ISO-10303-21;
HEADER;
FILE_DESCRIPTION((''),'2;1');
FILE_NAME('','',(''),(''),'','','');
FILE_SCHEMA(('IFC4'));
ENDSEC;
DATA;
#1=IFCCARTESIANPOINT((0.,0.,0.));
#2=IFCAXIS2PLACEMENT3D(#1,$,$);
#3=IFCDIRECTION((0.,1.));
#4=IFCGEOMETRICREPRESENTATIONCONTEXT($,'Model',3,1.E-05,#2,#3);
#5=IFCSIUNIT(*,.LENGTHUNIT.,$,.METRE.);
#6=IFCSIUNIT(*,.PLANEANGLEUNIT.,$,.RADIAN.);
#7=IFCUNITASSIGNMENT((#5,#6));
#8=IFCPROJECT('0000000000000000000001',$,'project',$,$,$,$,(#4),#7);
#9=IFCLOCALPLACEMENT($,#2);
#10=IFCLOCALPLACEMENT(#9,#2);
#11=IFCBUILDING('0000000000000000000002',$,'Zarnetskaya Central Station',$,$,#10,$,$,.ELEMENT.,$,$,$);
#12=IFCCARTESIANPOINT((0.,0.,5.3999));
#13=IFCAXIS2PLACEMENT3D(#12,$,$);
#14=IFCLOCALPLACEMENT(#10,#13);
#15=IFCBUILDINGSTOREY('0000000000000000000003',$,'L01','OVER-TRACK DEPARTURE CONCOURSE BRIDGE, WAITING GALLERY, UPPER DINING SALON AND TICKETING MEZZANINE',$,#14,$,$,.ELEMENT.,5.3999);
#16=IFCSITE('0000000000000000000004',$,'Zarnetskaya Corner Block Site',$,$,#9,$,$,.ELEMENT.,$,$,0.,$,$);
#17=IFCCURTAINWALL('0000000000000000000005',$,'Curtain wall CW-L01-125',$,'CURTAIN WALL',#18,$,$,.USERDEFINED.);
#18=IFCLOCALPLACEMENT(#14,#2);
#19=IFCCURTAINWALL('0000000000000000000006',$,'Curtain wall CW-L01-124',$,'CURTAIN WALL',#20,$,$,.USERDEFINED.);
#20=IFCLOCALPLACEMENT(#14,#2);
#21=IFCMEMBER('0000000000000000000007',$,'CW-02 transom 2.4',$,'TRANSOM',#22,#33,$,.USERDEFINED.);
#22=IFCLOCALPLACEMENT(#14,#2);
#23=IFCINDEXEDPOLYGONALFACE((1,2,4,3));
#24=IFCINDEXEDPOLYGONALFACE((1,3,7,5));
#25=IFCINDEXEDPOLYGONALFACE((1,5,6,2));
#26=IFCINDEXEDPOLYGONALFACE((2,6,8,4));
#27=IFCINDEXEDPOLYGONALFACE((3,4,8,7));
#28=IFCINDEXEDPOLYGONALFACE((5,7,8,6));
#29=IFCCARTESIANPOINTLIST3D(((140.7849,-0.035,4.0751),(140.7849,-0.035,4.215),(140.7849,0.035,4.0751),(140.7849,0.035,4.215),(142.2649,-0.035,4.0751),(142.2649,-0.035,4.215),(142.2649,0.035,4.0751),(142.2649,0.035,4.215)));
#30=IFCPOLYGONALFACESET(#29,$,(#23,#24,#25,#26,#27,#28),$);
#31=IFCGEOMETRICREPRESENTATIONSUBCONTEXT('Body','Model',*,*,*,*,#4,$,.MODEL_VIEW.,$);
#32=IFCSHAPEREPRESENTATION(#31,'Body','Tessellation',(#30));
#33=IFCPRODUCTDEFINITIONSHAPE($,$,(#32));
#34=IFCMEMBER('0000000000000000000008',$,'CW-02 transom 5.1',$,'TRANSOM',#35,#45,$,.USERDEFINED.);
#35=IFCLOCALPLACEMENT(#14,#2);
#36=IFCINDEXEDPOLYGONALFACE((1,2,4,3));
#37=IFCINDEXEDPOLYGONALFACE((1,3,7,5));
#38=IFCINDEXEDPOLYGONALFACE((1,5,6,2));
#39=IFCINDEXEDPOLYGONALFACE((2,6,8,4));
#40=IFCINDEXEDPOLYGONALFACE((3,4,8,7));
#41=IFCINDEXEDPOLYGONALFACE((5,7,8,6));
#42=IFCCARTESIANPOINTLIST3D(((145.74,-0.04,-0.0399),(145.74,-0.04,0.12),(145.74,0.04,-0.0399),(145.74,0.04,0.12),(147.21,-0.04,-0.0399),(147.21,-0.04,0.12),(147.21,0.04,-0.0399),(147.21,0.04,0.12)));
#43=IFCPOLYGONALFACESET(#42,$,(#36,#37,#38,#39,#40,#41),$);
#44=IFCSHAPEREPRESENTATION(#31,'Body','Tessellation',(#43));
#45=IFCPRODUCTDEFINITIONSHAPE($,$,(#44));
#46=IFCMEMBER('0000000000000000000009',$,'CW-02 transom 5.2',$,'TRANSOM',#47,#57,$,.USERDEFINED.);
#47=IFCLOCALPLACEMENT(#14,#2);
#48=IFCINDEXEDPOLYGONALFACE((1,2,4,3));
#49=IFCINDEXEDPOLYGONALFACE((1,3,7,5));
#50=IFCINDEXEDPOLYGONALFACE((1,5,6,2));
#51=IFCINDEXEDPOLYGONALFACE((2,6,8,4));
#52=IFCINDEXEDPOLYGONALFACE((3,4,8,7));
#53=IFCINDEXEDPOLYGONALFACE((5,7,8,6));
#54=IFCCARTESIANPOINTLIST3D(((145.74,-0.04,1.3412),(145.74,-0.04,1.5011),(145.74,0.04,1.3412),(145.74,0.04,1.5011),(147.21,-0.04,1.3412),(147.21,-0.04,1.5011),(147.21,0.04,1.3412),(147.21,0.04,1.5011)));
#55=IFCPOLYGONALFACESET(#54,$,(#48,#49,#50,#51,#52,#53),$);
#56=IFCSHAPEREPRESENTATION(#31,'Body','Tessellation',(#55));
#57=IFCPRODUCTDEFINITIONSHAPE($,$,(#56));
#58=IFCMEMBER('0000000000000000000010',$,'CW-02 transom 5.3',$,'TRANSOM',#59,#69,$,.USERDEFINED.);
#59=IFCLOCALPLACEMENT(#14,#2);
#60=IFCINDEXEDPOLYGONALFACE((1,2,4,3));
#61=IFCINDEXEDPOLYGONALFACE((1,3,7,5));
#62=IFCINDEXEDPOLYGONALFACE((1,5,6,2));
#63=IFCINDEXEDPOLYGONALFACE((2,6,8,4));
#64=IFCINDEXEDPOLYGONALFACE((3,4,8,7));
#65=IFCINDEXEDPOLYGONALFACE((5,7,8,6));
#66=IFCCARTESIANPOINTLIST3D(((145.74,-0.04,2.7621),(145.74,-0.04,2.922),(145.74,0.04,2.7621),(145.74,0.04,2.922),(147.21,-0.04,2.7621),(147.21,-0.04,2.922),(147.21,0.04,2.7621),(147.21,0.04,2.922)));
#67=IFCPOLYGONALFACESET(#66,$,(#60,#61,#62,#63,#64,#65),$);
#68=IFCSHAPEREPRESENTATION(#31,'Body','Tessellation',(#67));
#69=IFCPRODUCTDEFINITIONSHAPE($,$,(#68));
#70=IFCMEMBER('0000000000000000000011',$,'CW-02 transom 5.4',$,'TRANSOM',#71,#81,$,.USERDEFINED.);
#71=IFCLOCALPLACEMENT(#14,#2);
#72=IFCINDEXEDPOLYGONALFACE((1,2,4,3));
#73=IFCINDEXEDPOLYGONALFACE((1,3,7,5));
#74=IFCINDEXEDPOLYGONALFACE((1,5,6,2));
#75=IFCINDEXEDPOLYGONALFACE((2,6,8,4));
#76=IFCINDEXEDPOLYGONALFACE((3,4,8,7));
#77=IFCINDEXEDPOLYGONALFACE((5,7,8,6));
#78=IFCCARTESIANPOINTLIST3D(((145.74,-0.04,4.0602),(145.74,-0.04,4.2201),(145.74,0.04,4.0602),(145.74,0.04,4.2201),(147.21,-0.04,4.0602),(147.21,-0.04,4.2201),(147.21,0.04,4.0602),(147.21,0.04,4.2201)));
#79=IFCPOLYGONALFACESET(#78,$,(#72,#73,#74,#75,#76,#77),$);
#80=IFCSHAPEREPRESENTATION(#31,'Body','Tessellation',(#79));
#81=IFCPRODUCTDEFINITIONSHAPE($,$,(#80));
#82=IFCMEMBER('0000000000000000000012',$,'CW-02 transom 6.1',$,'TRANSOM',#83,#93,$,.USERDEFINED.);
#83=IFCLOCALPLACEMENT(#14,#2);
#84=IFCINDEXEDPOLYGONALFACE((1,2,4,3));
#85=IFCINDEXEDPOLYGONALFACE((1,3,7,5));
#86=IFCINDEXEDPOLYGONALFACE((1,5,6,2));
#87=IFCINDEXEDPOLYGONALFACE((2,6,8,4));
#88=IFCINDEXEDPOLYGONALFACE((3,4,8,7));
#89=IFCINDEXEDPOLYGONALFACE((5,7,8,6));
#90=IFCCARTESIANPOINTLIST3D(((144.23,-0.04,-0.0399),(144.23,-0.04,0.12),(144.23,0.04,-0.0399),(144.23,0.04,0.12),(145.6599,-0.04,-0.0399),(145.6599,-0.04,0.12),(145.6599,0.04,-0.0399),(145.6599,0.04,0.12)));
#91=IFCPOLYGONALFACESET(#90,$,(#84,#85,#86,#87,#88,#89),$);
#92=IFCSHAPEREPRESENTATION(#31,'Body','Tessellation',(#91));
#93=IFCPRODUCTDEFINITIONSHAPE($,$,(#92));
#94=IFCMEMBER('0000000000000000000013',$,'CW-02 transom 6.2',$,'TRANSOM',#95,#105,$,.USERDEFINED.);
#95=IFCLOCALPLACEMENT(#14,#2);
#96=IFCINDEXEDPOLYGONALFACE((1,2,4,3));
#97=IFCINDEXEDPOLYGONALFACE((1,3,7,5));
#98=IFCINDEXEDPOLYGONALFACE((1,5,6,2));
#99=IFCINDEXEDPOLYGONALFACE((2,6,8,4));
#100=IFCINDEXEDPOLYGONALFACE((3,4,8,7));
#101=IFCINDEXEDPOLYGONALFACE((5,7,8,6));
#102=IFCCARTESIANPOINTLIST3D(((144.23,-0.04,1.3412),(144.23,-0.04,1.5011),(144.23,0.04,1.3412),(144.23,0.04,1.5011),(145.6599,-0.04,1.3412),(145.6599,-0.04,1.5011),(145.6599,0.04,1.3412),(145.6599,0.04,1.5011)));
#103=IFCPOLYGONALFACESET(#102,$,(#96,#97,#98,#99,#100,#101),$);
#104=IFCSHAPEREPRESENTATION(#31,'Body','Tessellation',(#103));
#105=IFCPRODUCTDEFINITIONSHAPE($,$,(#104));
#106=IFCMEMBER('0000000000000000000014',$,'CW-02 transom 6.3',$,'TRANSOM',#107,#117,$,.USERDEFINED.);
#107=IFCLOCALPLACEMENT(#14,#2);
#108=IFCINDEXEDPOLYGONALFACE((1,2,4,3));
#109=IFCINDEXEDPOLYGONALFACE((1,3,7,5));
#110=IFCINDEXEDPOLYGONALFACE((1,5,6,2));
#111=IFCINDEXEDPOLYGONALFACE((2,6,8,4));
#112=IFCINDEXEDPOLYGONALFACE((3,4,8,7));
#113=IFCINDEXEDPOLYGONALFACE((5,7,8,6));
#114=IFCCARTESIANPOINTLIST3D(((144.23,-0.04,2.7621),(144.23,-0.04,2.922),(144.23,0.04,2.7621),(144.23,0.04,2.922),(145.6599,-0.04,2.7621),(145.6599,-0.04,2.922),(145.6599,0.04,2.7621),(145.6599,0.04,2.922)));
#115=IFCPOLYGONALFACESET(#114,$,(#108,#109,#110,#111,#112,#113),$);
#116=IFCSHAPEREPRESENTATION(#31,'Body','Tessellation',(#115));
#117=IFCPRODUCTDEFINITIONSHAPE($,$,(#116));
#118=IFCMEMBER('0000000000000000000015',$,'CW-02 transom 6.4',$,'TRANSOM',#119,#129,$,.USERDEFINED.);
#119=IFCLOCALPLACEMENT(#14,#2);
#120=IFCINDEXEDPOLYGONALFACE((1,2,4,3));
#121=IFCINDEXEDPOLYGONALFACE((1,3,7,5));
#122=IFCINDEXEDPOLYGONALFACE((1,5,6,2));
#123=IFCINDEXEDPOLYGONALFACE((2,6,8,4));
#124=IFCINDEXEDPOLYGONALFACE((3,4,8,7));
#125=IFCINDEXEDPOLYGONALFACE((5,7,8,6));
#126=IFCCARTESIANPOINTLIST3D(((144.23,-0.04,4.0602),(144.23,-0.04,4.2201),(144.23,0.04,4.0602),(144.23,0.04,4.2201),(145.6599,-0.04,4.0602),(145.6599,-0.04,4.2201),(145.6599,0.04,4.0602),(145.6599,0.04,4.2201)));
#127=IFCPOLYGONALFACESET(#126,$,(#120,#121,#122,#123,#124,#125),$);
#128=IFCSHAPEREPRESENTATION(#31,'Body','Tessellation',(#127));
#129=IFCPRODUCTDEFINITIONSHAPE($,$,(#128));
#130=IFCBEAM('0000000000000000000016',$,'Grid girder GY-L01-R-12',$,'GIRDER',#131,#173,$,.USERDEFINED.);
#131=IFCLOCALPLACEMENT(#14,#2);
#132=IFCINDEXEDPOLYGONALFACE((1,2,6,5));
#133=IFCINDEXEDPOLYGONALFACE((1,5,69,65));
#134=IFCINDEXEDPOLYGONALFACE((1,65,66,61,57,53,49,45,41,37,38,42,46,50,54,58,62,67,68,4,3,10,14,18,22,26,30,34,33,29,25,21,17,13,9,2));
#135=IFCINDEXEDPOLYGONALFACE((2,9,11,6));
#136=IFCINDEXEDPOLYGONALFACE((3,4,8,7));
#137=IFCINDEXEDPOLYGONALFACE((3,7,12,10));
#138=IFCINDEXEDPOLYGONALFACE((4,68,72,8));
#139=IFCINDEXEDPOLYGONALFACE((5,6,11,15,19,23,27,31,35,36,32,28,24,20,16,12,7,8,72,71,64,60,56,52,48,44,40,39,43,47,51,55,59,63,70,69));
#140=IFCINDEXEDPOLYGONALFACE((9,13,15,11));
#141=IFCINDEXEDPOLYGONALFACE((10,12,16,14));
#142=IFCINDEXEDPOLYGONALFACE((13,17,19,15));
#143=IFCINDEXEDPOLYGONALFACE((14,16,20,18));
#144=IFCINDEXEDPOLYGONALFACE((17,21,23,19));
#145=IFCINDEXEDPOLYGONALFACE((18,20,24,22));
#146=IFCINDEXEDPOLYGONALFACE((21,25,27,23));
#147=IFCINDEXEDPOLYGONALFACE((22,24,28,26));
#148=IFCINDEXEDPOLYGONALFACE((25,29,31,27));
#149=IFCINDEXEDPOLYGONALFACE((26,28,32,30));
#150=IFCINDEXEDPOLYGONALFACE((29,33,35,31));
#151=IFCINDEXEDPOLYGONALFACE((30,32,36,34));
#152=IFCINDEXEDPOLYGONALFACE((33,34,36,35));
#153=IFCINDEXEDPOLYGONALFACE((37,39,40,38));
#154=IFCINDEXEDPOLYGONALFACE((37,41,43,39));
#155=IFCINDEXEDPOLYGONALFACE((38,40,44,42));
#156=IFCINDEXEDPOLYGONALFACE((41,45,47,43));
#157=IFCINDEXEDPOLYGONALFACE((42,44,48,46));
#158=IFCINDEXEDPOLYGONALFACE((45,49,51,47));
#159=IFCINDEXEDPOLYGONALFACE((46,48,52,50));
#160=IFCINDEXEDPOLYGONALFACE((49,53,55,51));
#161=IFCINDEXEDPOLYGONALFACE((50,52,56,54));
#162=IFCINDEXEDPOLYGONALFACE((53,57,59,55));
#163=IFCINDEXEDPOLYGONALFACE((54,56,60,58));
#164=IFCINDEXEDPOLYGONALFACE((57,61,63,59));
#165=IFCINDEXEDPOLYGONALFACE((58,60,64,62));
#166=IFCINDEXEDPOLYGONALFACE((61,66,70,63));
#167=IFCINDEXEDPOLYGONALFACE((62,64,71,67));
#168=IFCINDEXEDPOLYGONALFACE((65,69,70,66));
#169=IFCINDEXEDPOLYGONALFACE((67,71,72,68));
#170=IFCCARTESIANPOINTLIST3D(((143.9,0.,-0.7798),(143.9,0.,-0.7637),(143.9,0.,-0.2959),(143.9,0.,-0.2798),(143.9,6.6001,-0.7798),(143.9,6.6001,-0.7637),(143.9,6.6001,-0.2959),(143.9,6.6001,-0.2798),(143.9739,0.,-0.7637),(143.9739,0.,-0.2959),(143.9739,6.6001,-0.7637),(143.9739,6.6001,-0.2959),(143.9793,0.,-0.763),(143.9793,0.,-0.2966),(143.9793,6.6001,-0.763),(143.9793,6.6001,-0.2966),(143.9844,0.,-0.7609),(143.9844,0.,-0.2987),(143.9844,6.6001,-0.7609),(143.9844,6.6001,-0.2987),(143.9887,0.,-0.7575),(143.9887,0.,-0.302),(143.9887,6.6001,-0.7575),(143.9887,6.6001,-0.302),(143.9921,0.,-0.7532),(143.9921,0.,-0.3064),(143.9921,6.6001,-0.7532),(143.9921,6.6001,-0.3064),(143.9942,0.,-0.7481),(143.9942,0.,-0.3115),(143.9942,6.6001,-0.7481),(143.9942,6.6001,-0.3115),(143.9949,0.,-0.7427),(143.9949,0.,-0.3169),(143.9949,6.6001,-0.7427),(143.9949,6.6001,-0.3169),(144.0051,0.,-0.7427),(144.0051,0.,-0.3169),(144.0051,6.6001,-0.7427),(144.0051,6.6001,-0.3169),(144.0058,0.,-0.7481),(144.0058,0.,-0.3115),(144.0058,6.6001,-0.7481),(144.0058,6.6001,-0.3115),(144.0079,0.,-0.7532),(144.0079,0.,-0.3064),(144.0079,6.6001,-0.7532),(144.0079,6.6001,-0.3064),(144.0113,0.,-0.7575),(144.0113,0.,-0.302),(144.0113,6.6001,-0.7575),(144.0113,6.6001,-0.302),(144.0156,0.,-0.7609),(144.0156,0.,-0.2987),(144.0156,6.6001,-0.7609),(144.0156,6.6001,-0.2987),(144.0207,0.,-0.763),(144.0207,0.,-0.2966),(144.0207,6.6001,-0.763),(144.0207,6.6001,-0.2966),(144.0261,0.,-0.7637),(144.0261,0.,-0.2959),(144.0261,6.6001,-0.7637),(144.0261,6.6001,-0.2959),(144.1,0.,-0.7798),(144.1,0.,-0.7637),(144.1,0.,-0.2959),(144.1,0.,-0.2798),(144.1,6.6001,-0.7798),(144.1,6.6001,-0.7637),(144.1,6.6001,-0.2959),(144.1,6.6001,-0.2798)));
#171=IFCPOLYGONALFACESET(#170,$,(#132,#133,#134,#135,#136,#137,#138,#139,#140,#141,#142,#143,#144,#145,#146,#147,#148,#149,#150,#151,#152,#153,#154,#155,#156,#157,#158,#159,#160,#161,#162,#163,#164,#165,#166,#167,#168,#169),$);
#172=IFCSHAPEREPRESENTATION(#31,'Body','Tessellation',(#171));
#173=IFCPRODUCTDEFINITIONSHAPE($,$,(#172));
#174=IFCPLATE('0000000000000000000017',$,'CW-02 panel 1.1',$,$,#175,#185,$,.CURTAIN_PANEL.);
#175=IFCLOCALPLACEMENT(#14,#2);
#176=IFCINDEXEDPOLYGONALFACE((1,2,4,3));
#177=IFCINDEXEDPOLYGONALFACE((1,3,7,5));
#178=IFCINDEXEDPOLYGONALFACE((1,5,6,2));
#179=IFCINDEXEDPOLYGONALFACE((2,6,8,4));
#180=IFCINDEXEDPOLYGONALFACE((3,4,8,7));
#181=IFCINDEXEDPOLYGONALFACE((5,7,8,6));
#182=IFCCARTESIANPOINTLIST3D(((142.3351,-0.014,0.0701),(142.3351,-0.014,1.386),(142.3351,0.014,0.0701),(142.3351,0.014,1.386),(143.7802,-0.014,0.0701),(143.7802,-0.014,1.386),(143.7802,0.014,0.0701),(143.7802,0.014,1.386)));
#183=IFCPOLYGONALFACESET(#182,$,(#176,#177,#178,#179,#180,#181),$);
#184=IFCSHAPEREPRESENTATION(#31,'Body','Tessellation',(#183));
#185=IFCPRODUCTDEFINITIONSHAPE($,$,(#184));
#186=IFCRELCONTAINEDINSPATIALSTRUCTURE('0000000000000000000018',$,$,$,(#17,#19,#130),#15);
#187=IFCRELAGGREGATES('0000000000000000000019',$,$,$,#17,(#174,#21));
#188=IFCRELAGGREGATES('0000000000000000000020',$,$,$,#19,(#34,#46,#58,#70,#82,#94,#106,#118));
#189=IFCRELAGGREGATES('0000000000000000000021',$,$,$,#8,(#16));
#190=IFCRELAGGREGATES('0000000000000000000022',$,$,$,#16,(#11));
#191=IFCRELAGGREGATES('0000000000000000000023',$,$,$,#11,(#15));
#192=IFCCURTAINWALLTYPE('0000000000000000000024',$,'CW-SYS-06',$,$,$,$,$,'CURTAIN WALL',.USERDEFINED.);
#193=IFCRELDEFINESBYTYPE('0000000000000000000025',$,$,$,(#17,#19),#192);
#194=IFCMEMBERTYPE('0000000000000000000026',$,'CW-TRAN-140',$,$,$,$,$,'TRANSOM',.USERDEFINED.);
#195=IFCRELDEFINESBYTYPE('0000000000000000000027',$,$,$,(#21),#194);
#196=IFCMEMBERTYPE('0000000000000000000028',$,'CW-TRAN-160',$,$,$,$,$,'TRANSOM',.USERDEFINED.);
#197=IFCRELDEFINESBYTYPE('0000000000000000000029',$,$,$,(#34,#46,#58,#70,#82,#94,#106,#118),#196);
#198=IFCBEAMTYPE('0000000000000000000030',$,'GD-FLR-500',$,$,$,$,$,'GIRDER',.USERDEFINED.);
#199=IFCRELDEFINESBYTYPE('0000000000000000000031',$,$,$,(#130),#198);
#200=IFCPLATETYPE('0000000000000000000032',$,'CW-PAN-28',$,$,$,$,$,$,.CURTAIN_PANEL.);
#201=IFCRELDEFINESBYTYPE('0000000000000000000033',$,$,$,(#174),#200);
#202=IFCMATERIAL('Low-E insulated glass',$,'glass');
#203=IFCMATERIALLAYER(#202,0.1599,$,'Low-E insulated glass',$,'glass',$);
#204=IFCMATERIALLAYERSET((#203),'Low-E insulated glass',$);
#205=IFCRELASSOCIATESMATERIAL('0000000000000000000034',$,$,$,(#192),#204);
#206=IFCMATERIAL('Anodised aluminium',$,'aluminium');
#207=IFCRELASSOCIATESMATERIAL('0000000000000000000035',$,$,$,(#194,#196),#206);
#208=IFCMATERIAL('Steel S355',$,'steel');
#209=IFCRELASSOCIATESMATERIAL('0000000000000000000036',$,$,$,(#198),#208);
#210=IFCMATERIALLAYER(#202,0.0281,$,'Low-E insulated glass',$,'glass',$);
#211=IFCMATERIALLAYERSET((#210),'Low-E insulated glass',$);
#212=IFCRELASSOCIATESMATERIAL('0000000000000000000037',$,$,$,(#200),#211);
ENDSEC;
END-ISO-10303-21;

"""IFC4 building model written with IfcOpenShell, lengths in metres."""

from ifc_helpers import new_model, si_unit, direction, frame, origin, origin_2d, place, context, subcontext, project, spatial, rectangle, i_section, extrude, material, layer, layer_set, material_profile, profile_set, type_object, element, aggregate, save


model = new_model("IFC4")

# Units and contexts
model_context = context("Model", 3, precision=1e-05, world=origin(), true_north=direction((0.0, 1.0)))
body_context = subcontext(model_context, "Body", "Model", "MODEL_VIEW")
ifc_project = project(units=[si_unit("LENGTHUNIT", "METRE"), si_unit("PLANEANGLEUNIT", "RADIAN")], contexts=[model_context])

# Site, building, storey
site_placement = place(None, origin())
site = spatial("IfcSite", under=ifc_project, at=site_placement, Name="Zarnetskaya Corner Block Site", CompositionType="ELEMENT", RefElevation=0.0)
building_placement = place(site_placement, origin())
building = spatial("IfcBuilding", under=site, at=building_placement, Name="Zarnetskaya Central Station", CompositionType="ELEMENT")
storey_placement = place(building_placement, frame((0.0, 0.0, 5.3999)))
storey = spatial("IfcBuildingStorey", under=building, at=storey_placement, Name="L01", Description="OVER-TRACK DEPARTURE CONCOURSE BRIDGE, WAITING GALLERY, UPPER DINING SALON AND TICKETING MEZZANINE", CompositionType="ELEMENT", Elevation=5.3999)

# Shared definitions
ifc_material_1 = material(Name="Steel S355", Category="steel")

# Curtain walls
ifc_material_2 = material(Name="Low-E insulated glass", Category="glass")
ifc_layer_1 = layer(ifc_material_2, 0.1599, Name="Low-E insulated glass", Category="glass")
ifc_layer_set_1 = layer_set([ifc_layer_1], Name="Low-E insulated glass")
curtain_wall_type = type_object("IfcCurtainWallType", Name="CW-SYS-06", ElementType="CURTAIN WALL", PredefinedType="USERDEFINED", material=ifc_layer_set_1)
curtain_wall_1_placement = place(storey_placement, origin())
curtain_wall_1 = element("IfcCurtainWall", 1, at=curtain_wall_1_placement, inside=storey, type_object=curtain_wall_type, Name="Curtain wall CW-L01-125", ObjectType="CURTAIN WALL", PredefinedType="USERDEFINED")
ifc_material_3 = material(Name="Anodised aluminium", Category="aluminium")
curtain_wall_2_placement = place(storey_placement, origin())
curtain_wall_2 = element("IfcCurtainWall", 2, at=curtain_wall_2_placement, inside=storey, type_object=curtain_wall_type, Name="Curtain wall CW-L01-124", ObjectType="CURTAIN WALL", PredefinedType="USERDEFINED")

# Members
ifc_material_profile_1 = material_profile(ifc_material_3, rectangle(XDim=0.0701, YDim=0.1399, at=origin_2d()), Name="ALU TRAN 70x140")
ifc_profile_set_1 = profile_set([ifc_material_profile_1], Name="Anodised aluminium")
member_type_1 = type_object("IfcMemberType", Name="CW-TRAN-140", ElementType="TRANSOM", PredefinedType="USERDEFINED", material=ifc_profile_set_1)
member_1_placement = place(storey_placement, frame((142.2649, 0.0, 4.145), z_axis=(-1.0, 0.0, 0.0), x_axis=(0.0, -1.0, 0.0)))
member_1 = element("IfcMember", 3, at=member_1_placement, type_object=member_type_1, Name="CW-02 transom 2.4", ObjectType="TRANSOM", PredefinedType="USERDEFINED", context=body_context, shape_type="SweptSolid", body=[
    extrude(rectangle(XDim=0.0701, YDim=0.1399, at=origin_2d()), origin(), (0.0, 0.0, 1.0), 1.48),
])
ifc_material_profile_2 = material_profile(ifc_material_3, rectangle(XDim=0.0801, YDim=0.1599, at=origin_2d()), Name="ALU TRAN 80x160")
ifc_profile_set_2 = profile_set([ifc_material_profile_2], Name="Anodised aluminium")
member_type_2 = type_object("IfcMemberType", Name="CW-TRAN-160", ElementType="TRANSOM", PredefinedType="USERDEFINED", material=ifc_profile_set_2)
member_2_placement = place(storey_placement, frame((147.21, 0.0, 0.04), z_axis=(-1.0, 0.0, 0.0), x_axis=(0.0, -1.0, 0.0)))
member_2 = element("IfcMember", 4, at=member_2_placement, type_object=member_type_2, Name="CW-02 transom 5.1", ObjectType="TRANSOM", PredefinedType="USERDEFINED", context=body_context, shape_type="SweptSolid", body=[
    extrude(rectangle(XDim=0.0801, YDim=0.1599, at=origin_2d()), origin(), (0.0, 0.0, 1.0), 1.47),
])
member_3_placement = place(storey_placement, frame((147.21, 0.0, 1.4211), z_axis=(-1.0, 0.0, 0.0), x_axis=(0.0, -1.0, 0.0)))
member_3 = element("IfcMember", 5, at=member_3_placement, type_object=member_type_2, Name="CW-02 transom 5.2", ObjectType="TRANSOM", PredefinedType="USERDEFINED", context=body_context, shape_type="SweptSolid", body=[
    extrude(rectangle(XDim=0.0801, YDim=0.1599, at=origin_2d()), origin(), (0.0, 0.0, 1.0), 1.47),
])
member_4_placement = place(storey_placement, frame((147.21, 0.0, 2.842), z_axis=(-1.0, 0.0, 0.0), x_axis=(0.0, -1.0, 0.0)))
member_4 = element("IfcMember", 6, at=member_4_placement, type_object=member_type_2, Name="CW-02 transom 5.3", ObjectType="TRANSOM", PredefinedType="USERDEFINED", context=body_context, shape_type="SweptSolid", body=[
    extrude(rectangle(XDim=0.0801, YDim=0.1599, at=origin_2d()), origin(), (0.0, 0.0, 1.0), 1.47),
])
member_5_placement = place(storey_placement, frame((147.21, 0.0, 4.1401), z_axis=(-1.0, 0.0, 0.0), x_axis=(0.0, -1.0, 0.0)))
member_5 = element("IfcMember", 7, at=member_5_placement, type_object=member_type_2, Name="CW-02 transom 5.4", ObjectType="TRANSOM", PredefinedType="USERDEFINED", context=body_context, shape_type="SweptSolid", body=[
    extrude(rectangle(XDim=0.0801, YDim=0.1599, at=origin_2d()), origin(), (0.0, 0.0, 1.0), 1.47),
])
member_6_placement = place(storey_placement, frame((145.6599, 0.0, 0.04), z_axis=(-1.0, 0.0, 0.0), x_axis=(0.0, -1.0, 0.0)))
member_6 = element("IfcMember", 8, at=member_6_placement, type_object=member_type_2, Name="CW-02 transom 6.1", ObjectType="TRANSOM", PredefinedType="USERDEFINED", context=body_context, shape_type="SweptSolid", body=[
    extrude(rectangle(XDim=0.0801, YDim=0.1599, at=origin_2d()), origin(), (0.0, 0.0, 1.0), 1.4299),
])
member_7_placement = place(storey_placement, frame((145.6599, 0.0, 1.4211), z_axis=(-1.0, 0.0, 0.0), x_axis=(0.0, -1.0, 0.0)))
member_7 = element("IfcMember", 9, at=member_7_placement, type_object=member_type_2, Name="CW-02 transom 6.2", ObjectType="TRANSOM", PredefinedType="USERDEFINED", context=body_context, shape_type="SweptSolid", body=[
    extrude(rectangle(XDim=0.0801, YDim=0.1599, at=origin_2d()), origin(), (0.0, 0.0, 1.0), 1.4299),
])
member_8_placement = place(storey_placement, frame((145.6599, 0.0, 2.842), z_axis=(-1.0, 0.0, 0.0), x_axis=(0.0, -1.0, 0.0)))
member_8 = element("IfcMember", 10, at=member_8_placement, type_object=member_type_2, Name="CW-02 transom 6.3", ObjectType="TRANSOM", PredefinedType="USERDEFINED", context=body_context, shape_type="SweptSolid", body=[
    extrude(rectangle(XDim=0.0801, YDim=0.1599, at=origin_2d()), origin(), (0.0, 0.0, 1.0), 1.4299),
])
member_9_placement = place(storey_placement, frame((145.6599, 0.0, 4.1401), z_axis=(-1.0, 0.0, 0.0), x_axis=(0.0, -1.0, 0.0)))
member_9 = element("IfcMember", 11, at=member_9_placement, type_object=member_type_2, Name="CW-02 transom 6.4", ObjectType="TRANSOM", PredefinedType="USERDEFINED", context=body_context, shape_type="SweptSolid", body=[
    extrude(rectangle(XDim=0.0801, YDim=0.1599, at=origin_2d()), origin(), (0.0, 0.0, 1.0), 1.4299),
])

# Beam
ifc_material_profile_3 = material_profile(ifc_material_1, i_section(OverallWidth=0.2, OverallDepth=0.5, WebThickness=0.0103, FlangeThickness=0.0161, FilletRadius=0.021, at=origin_2d()), Name="IPE 500")
ifc_profile_set_3 = profile_set([ifc_material_profile_3], Name="Steel S355")
beam_type_1 = type_object("IfcBeamType", Name="GD-FLR-500", ElementType="GIRDER", PredefinedType="USERDEFINED", material=ifc_profile_set_3)
beam_1_placement = place(storey_placement, frame((144.0, 0.0, -0.5298), z_axis=(0.0, 1.0, 0.0), x_axis=(-1.0, 0.0, 0.0)))
element("IfcBeam", 12, at=beam_1_placement, inside=storey, type_object=beam_type_1, Name="Grid girder GY-L01-R-12", ObjectType="GIRDER", PredefinedType="USERDEFINED", context=body_context, shape_type="SweptSolid", body=[
    extrude(i_section(OverallWidth=0.2, OverallDepth=0.5, WebThickness=0.0103, FlangeThickness=0.0161, FilletRadius=0.021, at=origin_2d()), origin(), (0.0, 0.0, 1.0), 6.6001),
])

# Plate
ifc_layer_2 = layer(ifc_material_2, 0.0281, Name="Low-E insulated glass", Category="glass")
ifc_layer_set_2 = layer_set([ifc_layer_2], Name="Low-E insulated glass")
plate_type_1 = type_object("IfcPlateType", Name="CW-PAN-28", PredefinedType="CURTAIN_PANEL", material=ifc_layer_set_2)
plate_1_placement = place(storey_placement, frame((143.0576, 0.0, 0.0701), z_axis=(0.0, 0.0, 1.0), x_axis=(-1.0, 0.0, 0.0)))
plate_1 = element("IfcPlate", 13, at=plate_1_placement, type_object=plate_type_1, Name="CW-02 panel 1.1", PredefinedType="CURTAIN_PANEL", context=body_context, shape_type="SweptSolid", body=[
    extrude(rectangle(XDim=1.4451, YDim=0.0281, at=origin_2d()), origin(), (0.0, 0.0, 1.0), 1.3159),
])
aggregate(curtain_wall_1, [plate_1, member_1])
aggregate(curtain_wall_2, [member_2, member_3, member_4, member_5, member_6, member_7, member_8, member_9])

save(model, "model.ifc")
